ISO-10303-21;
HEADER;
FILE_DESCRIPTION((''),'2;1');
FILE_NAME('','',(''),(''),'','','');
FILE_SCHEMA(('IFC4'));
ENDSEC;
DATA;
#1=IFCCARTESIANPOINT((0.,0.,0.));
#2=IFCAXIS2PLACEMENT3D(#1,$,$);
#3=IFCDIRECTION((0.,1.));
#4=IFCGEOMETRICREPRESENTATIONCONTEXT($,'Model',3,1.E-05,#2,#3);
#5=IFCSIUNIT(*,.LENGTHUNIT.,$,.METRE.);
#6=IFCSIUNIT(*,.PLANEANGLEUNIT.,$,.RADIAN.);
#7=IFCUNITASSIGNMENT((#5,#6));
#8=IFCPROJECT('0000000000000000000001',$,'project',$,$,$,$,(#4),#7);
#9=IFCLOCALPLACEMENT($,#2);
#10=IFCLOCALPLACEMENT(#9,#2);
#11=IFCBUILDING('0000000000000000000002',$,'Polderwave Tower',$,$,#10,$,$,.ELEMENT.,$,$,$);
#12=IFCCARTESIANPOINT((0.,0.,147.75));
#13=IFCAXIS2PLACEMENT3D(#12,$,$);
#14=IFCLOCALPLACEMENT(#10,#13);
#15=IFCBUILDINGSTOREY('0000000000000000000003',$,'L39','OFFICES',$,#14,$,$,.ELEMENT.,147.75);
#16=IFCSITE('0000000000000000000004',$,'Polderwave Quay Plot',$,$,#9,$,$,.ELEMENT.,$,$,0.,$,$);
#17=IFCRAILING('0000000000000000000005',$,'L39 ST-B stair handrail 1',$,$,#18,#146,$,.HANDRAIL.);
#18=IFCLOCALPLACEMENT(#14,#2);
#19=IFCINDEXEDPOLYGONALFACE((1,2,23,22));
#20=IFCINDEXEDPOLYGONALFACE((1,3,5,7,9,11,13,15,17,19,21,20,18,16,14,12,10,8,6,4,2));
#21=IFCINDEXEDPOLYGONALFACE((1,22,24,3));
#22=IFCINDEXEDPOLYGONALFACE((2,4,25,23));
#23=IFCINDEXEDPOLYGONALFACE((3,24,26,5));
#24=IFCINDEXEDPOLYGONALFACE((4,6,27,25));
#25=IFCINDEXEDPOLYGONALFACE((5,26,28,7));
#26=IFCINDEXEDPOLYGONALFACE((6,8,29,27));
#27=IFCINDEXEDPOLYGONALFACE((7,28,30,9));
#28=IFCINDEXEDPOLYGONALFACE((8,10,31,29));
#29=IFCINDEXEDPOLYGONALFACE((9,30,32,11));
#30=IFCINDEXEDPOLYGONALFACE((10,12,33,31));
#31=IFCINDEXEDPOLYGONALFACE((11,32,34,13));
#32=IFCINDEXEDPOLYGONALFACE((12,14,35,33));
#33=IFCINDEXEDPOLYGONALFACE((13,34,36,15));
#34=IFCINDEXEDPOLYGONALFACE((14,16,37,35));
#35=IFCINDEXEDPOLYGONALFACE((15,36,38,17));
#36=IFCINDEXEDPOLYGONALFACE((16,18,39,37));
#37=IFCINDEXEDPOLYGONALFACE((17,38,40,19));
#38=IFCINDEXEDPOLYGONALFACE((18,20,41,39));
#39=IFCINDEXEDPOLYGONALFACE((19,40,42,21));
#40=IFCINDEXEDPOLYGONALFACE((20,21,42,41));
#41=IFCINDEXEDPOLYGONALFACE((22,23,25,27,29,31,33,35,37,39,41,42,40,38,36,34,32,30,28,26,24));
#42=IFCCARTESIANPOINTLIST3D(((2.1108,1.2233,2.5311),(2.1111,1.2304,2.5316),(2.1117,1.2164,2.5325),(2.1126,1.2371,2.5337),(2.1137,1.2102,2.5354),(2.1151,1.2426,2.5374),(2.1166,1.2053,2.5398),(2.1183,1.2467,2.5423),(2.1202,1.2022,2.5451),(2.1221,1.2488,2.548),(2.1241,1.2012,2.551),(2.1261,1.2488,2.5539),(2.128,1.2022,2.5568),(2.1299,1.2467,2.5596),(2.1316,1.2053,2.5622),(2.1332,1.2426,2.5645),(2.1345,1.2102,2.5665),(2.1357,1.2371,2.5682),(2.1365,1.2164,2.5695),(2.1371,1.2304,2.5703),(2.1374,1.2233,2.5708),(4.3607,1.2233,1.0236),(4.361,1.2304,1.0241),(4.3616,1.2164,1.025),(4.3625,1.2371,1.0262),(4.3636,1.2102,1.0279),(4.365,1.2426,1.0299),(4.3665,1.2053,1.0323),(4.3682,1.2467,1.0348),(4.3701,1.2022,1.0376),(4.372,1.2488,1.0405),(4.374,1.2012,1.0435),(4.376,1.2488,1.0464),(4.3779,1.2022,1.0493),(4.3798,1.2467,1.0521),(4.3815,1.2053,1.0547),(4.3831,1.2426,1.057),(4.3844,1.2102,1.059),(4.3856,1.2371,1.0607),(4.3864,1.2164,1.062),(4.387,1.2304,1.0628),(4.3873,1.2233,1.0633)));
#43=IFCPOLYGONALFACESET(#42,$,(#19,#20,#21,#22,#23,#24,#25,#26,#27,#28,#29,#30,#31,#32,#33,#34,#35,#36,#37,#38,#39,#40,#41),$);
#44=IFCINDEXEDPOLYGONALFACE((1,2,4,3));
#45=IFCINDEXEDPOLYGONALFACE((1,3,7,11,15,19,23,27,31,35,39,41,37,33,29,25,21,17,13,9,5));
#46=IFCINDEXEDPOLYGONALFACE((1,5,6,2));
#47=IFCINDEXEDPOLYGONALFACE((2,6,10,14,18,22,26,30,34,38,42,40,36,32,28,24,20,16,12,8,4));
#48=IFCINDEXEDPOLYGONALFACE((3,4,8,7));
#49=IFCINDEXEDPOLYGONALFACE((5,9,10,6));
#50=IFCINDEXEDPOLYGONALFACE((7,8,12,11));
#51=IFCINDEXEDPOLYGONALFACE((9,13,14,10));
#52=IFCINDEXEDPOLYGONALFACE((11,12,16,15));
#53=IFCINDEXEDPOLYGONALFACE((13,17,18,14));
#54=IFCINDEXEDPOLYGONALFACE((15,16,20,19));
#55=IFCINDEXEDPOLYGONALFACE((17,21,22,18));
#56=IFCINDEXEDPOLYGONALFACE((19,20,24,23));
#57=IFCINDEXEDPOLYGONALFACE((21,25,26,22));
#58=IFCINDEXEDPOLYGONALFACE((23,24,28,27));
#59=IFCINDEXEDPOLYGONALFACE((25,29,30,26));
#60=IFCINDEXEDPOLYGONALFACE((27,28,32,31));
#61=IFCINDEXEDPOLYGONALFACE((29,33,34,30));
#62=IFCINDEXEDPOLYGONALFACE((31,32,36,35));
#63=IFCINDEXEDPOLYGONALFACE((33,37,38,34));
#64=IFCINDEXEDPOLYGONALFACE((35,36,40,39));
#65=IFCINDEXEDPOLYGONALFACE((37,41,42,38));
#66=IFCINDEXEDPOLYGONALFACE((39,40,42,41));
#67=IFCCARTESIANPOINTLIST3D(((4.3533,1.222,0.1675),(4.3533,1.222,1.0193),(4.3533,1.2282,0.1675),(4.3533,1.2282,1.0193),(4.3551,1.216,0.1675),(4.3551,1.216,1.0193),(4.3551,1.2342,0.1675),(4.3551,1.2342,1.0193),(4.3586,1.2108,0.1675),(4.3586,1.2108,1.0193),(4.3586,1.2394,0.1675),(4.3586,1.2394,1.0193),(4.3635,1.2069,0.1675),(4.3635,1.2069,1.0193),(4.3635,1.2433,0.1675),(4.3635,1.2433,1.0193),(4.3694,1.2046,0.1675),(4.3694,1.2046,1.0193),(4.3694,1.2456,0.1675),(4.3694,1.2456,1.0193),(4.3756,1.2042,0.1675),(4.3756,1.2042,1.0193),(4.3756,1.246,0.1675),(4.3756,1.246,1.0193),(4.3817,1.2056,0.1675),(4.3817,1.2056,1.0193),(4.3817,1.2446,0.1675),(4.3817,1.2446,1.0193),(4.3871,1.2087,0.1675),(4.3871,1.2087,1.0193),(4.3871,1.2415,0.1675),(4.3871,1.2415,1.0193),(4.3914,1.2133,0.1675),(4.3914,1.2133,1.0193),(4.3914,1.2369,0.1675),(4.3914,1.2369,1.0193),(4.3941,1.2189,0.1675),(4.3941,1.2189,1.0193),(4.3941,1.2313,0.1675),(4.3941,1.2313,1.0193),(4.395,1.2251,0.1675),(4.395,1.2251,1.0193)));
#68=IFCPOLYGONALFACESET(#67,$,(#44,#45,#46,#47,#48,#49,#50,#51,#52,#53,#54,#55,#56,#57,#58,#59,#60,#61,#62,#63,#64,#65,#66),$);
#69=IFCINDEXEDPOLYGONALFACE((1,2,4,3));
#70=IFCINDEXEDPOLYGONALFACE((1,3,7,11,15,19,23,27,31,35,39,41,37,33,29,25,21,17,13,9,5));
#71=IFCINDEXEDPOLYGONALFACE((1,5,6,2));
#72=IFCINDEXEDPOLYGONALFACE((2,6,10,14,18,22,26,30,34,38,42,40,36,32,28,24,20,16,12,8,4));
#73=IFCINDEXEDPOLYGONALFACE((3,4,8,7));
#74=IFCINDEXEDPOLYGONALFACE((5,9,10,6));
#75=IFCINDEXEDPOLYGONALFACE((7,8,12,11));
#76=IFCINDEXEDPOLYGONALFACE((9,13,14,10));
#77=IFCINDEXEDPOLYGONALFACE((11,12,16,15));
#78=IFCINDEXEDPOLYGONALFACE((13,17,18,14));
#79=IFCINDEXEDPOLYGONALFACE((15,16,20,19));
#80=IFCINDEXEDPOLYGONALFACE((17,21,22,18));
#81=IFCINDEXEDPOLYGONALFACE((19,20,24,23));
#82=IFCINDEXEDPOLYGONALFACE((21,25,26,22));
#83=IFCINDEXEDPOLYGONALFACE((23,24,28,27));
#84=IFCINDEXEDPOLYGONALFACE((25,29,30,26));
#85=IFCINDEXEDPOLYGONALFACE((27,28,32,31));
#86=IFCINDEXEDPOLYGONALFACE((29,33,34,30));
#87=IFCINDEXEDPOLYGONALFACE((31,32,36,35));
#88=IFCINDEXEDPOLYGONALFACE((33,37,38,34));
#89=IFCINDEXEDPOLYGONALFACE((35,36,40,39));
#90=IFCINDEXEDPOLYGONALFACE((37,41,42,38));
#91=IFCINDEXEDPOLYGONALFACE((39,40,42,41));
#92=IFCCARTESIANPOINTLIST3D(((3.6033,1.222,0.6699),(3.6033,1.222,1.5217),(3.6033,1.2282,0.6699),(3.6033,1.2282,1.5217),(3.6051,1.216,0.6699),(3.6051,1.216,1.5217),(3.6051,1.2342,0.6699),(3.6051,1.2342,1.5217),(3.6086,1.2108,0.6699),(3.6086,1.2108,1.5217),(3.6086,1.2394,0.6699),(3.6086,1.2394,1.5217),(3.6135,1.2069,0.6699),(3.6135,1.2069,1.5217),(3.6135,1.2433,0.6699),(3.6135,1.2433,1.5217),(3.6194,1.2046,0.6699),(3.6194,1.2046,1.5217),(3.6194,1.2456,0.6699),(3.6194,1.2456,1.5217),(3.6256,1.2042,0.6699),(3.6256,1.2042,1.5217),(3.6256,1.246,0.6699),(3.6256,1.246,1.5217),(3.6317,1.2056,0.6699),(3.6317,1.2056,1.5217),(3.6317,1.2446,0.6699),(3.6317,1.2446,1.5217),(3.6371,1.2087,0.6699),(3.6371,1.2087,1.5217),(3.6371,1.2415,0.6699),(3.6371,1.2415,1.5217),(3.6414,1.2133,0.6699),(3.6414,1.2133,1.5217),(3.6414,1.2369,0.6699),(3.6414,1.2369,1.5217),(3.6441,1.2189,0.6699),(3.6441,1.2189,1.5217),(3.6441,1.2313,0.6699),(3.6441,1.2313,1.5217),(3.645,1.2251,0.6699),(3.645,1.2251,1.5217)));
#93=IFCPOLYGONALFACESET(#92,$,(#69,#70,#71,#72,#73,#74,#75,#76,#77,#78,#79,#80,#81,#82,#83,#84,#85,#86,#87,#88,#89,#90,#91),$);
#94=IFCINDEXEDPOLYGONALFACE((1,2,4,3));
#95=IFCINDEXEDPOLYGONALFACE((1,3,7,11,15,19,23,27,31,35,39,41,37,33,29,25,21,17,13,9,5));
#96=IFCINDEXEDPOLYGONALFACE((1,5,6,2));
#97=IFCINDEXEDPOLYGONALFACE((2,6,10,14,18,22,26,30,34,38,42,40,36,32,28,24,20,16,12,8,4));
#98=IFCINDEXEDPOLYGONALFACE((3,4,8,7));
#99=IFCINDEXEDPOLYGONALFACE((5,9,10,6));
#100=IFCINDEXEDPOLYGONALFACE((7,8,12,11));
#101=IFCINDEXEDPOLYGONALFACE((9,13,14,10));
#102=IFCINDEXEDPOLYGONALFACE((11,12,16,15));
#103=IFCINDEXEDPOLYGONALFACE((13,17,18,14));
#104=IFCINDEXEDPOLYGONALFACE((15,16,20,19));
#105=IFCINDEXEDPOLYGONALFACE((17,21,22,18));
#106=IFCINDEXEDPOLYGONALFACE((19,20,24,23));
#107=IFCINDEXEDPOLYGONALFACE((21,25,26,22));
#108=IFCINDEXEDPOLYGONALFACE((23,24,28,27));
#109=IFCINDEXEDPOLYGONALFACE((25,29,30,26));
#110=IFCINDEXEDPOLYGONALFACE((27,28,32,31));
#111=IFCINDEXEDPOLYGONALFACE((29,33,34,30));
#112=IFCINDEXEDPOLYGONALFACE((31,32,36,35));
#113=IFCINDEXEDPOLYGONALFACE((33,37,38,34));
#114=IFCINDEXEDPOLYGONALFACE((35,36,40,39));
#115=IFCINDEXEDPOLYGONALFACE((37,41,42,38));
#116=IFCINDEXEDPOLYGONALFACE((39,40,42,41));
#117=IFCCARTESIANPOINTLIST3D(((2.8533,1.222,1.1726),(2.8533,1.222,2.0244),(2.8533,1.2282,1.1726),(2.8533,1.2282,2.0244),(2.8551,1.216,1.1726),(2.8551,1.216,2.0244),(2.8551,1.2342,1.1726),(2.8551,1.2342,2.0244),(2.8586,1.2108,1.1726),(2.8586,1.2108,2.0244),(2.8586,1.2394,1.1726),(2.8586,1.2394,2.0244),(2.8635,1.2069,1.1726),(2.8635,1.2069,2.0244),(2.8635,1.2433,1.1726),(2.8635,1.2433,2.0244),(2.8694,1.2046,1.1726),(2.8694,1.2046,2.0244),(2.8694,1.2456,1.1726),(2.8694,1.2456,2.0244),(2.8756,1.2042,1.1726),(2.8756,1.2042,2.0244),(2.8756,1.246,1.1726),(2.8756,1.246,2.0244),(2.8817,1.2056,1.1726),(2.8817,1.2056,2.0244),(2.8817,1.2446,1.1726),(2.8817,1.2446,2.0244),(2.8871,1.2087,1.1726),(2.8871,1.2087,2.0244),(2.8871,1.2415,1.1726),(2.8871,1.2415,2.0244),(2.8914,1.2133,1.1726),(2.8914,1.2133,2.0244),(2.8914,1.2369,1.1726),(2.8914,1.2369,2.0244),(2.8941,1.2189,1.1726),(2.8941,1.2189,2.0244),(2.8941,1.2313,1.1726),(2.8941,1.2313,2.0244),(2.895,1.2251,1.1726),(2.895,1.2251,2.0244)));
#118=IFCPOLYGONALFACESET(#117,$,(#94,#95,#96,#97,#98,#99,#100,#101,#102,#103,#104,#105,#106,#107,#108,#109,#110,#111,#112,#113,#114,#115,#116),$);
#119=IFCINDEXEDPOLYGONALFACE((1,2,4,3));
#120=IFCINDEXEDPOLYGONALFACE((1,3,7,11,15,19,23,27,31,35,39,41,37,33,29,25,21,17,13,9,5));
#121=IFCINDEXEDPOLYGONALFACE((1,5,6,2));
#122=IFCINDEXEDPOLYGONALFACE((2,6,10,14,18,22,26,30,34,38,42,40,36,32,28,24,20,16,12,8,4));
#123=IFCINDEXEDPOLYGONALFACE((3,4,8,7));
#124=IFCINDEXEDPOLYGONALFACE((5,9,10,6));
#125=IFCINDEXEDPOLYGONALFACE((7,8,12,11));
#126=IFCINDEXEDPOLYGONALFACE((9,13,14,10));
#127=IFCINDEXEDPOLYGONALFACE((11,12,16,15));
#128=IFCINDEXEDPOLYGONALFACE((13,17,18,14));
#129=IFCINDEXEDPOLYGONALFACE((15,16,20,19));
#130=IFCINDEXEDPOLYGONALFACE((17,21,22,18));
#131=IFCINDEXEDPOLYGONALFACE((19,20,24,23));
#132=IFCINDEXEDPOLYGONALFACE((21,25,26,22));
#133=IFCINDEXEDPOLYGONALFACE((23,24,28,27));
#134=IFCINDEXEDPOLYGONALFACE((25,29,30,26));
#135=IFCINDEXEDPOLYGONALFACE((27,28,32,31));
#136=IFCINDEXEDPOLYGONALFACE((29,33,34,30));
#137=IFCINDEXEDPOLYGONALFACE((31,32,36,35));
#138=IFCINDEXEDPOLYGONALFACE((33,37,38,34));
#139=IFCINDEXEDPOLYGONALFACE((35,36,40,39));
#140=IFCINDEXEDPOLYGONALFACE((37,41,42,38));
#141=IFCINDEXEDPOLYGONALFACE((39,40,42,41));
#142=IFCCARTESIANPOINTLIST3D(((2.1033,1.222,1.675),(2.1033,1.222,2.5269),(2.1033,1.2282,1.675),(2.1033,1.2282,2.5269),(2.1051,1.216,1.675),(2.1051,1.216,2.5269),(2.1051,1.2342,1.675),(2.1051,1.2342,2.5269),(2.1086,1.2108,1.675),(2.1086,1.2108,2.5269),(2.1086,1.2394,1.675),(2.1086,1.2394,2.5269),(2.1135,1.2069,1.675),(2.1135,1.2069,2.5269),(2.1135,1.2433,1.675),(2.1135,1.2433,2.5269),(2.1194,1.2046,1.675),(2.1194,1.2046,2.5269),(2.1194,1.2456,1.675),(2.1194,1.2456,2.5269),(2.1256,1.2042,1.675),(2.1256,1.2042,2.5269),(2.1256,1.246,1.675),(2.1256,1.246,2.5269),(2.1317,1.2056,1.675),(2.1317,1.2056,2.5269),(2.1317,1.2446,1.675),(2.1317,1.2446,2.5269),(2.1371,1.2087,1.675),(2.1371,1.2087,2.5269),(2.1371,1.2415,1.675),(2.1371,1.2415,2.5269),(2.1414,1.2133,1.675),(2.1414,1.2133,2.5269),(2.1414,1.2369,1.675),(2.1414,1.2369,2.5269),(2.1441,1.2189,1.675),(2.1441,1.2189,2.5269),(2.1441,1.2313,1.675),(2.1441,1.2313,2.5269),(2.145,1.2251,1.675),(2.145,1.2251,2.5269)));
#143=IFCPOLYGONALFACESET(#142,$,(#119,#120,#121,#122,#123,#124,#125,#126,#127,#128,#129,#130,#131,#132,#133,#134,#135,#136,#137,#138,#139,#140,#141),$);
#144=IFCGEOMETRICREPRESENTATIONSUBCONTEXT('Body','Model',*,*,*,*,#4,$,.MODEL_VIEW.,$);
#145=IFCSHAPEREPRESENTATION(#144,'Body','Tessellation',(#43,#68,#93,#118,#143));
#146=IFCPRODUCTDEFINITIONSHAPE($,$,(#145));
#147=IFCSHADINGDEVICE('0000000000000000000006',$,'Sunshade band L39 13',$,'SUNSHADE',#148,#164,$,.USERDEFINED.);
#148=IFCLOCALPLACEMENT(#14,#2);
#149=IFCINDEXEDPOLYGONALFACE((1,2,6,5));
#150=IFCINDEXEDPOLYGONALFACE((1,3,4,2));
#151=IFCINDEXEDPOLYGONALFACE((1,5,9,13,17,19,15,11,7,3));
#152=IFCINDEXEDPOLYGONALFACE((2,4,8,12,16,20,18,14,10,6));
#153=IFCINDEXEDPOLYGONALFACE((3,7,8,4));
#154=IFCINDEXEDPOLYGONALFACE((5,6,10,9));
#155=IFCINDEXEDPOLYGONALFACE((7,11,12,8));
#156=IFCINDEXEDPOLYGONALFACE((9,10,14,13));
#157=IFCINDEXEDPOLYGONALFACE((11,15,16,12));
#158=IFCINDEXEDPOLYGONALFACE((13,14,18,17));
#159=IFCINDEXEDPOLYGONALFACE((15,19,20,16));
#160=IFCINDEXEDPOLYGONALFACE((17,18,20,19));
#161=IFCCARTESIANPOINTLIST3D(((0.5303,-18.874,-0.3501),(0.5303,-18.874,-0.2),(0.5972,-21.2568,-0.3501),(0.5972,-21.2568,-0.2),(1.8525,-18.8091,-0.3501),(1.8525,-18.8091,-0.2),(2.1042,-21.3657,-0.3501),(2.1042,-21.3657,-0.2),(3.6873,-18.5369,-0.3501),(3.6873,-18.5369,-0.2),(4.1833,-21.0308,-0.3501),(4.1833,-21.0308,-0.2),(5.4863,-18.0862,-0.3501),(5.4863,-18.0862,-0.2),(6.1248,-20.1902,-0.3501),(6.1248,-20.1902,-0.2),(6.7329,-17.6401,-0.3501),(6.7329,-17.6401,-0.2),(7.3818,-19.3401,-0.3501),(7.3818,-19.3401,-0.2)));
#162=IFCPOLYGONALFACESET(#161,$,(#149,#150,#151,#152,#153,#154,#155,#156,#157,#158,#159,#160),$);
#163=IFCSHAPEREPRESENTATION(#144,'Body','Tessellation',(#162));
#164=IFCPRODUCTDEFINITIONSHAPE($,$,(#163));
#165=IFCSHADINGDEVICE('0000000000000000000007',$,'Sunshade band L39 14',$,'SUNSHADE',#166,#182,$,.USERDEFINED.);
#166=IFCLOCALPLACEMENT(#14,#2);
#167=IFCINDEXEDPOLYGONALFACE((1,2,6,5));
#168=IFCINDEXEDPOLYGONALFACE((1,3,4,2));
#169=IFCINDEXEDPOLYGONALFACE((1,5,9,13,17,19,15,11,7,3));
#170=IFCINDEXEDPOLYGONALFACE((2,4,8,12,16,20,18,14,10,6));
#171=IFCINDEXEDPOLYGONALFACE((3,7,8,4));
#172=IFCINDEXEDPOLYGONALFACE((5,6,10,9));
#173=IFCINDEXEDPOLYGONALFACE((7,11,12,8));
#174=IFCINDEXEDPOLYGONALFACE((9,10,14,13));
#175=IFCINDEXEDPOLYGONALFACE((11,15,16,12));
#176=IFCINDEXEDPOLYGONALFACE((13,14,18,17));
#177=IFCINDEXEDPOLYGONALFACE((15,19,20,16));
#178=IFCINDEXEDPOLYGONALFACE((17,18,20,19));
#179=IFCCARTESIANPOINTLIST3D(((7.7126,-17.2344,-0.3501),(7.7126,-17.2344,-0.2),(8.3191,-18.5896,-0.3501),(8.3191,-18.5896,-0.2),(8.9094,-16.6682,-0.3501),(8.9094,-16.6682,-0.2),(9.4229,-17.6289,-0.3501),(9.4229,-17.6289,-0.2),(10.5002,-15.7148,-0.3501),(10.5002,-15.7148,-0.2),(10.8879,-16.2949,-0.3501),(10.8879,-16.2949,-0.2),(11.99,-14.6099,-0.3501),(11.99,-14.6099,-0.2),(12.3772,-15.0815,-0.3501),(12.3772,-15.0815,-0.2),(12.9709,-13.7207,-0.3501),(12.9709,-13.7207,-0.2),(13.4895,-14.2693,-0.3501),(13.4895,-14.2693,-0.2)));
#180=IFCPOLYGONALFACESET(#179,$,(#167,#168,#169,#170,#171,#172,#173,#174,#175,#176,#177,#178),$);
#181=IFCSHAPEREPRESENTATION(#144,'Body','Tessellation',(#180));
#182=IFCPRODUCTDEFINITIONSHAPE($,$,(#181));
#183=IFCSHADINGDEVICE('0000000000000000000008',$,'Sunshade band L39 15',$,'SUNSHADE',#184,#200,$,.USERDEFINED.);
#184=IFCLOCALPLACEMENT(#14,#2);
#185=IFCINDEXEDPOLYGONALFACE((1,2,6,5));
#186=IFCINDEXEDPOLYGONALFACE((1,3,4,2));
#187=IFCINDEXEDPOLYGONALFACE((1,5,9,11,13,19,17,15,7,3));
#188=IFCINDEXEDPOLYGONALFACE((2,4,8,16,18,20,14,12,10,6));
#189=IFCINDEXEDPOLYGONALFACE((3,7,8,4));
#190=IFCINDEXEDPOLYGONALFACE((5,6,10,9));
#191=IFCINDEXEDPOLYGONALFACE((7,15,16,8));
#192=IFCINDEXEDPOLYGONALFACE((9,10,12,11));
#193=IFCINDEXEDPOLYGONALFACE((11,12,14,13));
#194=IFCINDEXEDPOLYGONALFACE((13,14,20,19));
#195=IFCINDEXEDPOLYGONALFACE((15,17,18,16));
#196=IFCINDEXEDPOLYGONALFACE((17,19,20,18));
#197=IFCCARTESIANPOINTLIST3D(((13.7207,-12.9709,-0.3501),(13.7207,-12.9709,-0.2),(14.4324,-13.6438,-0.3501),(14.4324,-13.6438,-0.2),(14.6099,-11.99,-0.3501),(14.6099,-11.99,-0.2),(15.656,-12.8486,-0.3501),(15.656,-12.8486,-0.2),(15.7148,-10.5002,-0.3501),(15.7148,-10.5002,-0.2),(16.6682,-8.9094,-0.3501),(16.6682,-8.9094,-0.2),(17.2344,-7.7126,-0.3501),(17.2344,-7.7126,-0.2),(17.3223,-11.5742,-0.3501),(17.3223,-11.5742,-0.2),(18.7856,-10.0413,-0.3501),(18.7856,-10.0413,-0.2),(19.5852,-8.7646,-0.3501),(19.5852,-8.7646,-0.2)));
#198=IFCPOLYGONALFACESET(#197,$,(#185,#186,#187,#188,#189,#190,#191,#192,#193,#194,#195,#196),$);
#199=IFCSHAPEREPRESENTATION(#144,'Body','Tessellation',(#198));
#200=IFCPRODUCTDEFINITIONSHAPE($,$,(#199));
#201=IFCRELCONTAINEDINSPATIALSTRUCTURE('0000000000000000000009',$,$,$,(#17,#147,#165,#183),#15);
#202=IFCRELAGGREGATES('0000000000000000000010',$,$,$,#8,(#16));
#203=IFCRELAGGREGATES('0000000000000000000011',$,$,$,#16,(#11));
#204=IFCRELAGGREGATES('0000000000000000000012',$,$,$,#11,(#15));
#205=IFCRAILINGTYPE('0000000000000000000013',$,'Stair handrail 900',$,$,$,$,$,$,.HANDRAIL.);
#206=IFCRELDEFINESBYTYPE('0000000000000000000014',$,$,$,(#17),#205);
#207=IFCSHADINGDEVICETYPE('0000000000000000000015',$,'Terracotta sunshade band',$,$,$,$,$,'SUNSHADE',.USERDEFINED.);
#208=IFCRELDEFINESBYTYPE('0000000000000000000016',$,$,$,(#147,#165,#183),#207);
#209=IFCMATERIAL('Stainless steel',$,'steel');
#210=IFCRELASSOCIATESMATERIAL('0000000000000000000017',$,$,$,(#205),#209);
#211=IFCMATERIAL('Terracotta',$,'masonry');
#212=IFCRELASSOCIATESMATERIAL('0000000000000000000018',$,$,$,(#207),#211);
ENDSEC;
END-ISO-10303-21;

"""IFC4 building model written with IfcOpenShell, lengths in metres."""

from ifc_helpers import new_model, si_unit, direction, frame, origin, origin_2d, place, context, subcontext, project, spatial, polyline, circle, outline, extrude, material, type_object, element, save


model = new_model("IFC4")

# Units and contexts
model_context = context("Model", 3, precision=1e-05, world=origin(), true_north=direction((0.0, 1.0)))
body_context = subcontext(model_context, "Body", "Model", "MODEL_VIEW")
ifc_project = project(units=[si_unit("LENGTHUNIT", "METRE"), si_unit("PLANEANGLEUNIT", "RADIAN")], contexts=[model_context])

# Site, building, storey
site_placement = place(None, origin())
site = spatial("IfcSite", under=ifc_project, at=site_placement, Name="Polderwave Quay Plot", CompositionType="ELEMENT", RefElevation=0.0)
building_placement = place(site_placement, origin())
building = spatial("IfcBuilding", under=site, at=building_placement, Name="Polderwave Tower", CompositionType="ELEMENT")
storey_placement = place(building_placement, frame((0.0, 0.0, 147.75)))
storey = spatial("IfcBuildingStorey", under=building, at=storey_placement, Name="L39", Description="OFFICES", CompositionType="ELEMENT", Elevation=147.75)

# Shared definitions
ifc_material_1 = material(Name="Stainless steel", Category="steel")

# Railing
railing_type_1 = type_object("IfcRailingType", Name="Stair handrail 900", PredefinedType="HANDRAIL", material=ifc_material_1)
railing_1_placement = place(storey_placement, frame((4.374, 1.2251, 0.1675)))
element("IfcRailing", 1, at=railing_1_placement, inside=storey, type_object=railing_type_1, Name="L39 ST-B stair handrail 1", PredefinedType="HANDRAIL", context=body_context, shape_type="SweptSolid", body=[
    extrude(circle(Radius=0.0239, at=origin_2d()), frame((0.0, 0.0, 0.876), z_axis=(-0.830758, 0.0, 0.556633), x_axis=(0.0, -1.0, 0.0)), (0.0, 0.0, 1.0), 2.7083),
    extrude(circle(Radius=0.021, at=origin_2d()), origin(), (0.0, 0.0, 1.0), 0.8518),
    extrude(circle(Radius=0.021, at=origin_2d()), frame((-0.75, 0.0, 0.5024)), (0.0, 0.0, 1.0), 0.8518),
    extrude(circle(Radius=0.021, at=origin_2d()), frame((-1.5, 0.0, 1.0051)), (0.0, 0.0, 1.0), 0.8518),
    extrude(circle(Radius=0.021, at=origin_2d()), frame((-2.25, 0.0, 1.5076)), (0.0, 0.0, 1.0), 0.8518),
])

# Shading devices
ifc_material_2 = material(Name="Terracotta", Category="masonry")
shading_device_type = type_object("IfcShadingDeviceType", Name="Terracotta sunshade band", ElementType="SUNSHADE", PredefinedType="USERDEFINED", material=ifc_material_2)
shading_device_1_placement = place(storey_placement, frame((0.0, 0.0, -0.3501)))
element("IfcShadingDevice", 2, at=shading_device_1_placement, inside=storey, type_object=shading_device_type, Name="Sunshade band L39 13", ObjectType="SUNSHADE", PredefinedType="USERDEFINED", context=body_context, shape_type="SweptSolid", body=[
    extrude(outline(polyline([(0.5303, -18.874), (1.8525, -18.8091), (3.6873, -18.5369), (5.4863, -18.0862), (6.7329, -17.6401), (7.3818, -19.3401), (6.1248, -20.1902), (4.1833, -21.0308), (2.1042, -21.3657), (0.5972, -21.2568), (0.5303, -18.874)])), origin(), (0.0, 0.0, 1.0), 0.1501),
])
shading_device_2_placement = place(storey_placement, frame((0.0, 0.0, -0.3501)))
element("IfcShadingDevice", 3, at=shading_device_2_placement, inside=storey, type_object=shading_device_type, Name="Sunshade band L39 14", ObjectType="SUNSHADE", PredefinedType="USERDEFINED", context=body_context, shape_type="SweptSolid", body=[
    extrude(outline(polyline([(7.7126, -17.2344), (8.9094, -16.6682), (10.5002, -15.7148), (11.99, -14.6099), (12.9709, -13.7207), (13.4895, -14.2693), (12.3772, -15.0815), (10.8879, -16.2949), (9.4229, -17.6289), (8.3191, -18.5896), (7.7126, -17.2344)])), origin(), (0.0, 0.0, 1.0), 0.1501),
])
shading_device_3_placement = place(storey_placement, frame((0.0, 0.0, -0.3501)))
element("IfcShadingDevice", 4, at=shading_device_3_placement, inside=storey, type_object=shading_device_type, Name="Sunshade band L39 15", ObjectType="SUNSHADE", PredefinedType="USERDEFINED", context=body_context, shape_type="SweptSolid", body=[
    extrude(outline(polyline([(13.7207, -12.9709), (14.6099, -11.99), (15.7148, -10.5002), (16.6682, -8.9094), (17.2344, -7.7126), (19.5852, -8.7646), (18.7856, -10.0413), (17.3223, -11.5742), (15.656, -12.8486), (14.4324, -13.6438), (13.7207, -12.9709)])), origin(), (0.0, 0.0, 1.0), 0.1501),
])

save(model, "model.ifc")
